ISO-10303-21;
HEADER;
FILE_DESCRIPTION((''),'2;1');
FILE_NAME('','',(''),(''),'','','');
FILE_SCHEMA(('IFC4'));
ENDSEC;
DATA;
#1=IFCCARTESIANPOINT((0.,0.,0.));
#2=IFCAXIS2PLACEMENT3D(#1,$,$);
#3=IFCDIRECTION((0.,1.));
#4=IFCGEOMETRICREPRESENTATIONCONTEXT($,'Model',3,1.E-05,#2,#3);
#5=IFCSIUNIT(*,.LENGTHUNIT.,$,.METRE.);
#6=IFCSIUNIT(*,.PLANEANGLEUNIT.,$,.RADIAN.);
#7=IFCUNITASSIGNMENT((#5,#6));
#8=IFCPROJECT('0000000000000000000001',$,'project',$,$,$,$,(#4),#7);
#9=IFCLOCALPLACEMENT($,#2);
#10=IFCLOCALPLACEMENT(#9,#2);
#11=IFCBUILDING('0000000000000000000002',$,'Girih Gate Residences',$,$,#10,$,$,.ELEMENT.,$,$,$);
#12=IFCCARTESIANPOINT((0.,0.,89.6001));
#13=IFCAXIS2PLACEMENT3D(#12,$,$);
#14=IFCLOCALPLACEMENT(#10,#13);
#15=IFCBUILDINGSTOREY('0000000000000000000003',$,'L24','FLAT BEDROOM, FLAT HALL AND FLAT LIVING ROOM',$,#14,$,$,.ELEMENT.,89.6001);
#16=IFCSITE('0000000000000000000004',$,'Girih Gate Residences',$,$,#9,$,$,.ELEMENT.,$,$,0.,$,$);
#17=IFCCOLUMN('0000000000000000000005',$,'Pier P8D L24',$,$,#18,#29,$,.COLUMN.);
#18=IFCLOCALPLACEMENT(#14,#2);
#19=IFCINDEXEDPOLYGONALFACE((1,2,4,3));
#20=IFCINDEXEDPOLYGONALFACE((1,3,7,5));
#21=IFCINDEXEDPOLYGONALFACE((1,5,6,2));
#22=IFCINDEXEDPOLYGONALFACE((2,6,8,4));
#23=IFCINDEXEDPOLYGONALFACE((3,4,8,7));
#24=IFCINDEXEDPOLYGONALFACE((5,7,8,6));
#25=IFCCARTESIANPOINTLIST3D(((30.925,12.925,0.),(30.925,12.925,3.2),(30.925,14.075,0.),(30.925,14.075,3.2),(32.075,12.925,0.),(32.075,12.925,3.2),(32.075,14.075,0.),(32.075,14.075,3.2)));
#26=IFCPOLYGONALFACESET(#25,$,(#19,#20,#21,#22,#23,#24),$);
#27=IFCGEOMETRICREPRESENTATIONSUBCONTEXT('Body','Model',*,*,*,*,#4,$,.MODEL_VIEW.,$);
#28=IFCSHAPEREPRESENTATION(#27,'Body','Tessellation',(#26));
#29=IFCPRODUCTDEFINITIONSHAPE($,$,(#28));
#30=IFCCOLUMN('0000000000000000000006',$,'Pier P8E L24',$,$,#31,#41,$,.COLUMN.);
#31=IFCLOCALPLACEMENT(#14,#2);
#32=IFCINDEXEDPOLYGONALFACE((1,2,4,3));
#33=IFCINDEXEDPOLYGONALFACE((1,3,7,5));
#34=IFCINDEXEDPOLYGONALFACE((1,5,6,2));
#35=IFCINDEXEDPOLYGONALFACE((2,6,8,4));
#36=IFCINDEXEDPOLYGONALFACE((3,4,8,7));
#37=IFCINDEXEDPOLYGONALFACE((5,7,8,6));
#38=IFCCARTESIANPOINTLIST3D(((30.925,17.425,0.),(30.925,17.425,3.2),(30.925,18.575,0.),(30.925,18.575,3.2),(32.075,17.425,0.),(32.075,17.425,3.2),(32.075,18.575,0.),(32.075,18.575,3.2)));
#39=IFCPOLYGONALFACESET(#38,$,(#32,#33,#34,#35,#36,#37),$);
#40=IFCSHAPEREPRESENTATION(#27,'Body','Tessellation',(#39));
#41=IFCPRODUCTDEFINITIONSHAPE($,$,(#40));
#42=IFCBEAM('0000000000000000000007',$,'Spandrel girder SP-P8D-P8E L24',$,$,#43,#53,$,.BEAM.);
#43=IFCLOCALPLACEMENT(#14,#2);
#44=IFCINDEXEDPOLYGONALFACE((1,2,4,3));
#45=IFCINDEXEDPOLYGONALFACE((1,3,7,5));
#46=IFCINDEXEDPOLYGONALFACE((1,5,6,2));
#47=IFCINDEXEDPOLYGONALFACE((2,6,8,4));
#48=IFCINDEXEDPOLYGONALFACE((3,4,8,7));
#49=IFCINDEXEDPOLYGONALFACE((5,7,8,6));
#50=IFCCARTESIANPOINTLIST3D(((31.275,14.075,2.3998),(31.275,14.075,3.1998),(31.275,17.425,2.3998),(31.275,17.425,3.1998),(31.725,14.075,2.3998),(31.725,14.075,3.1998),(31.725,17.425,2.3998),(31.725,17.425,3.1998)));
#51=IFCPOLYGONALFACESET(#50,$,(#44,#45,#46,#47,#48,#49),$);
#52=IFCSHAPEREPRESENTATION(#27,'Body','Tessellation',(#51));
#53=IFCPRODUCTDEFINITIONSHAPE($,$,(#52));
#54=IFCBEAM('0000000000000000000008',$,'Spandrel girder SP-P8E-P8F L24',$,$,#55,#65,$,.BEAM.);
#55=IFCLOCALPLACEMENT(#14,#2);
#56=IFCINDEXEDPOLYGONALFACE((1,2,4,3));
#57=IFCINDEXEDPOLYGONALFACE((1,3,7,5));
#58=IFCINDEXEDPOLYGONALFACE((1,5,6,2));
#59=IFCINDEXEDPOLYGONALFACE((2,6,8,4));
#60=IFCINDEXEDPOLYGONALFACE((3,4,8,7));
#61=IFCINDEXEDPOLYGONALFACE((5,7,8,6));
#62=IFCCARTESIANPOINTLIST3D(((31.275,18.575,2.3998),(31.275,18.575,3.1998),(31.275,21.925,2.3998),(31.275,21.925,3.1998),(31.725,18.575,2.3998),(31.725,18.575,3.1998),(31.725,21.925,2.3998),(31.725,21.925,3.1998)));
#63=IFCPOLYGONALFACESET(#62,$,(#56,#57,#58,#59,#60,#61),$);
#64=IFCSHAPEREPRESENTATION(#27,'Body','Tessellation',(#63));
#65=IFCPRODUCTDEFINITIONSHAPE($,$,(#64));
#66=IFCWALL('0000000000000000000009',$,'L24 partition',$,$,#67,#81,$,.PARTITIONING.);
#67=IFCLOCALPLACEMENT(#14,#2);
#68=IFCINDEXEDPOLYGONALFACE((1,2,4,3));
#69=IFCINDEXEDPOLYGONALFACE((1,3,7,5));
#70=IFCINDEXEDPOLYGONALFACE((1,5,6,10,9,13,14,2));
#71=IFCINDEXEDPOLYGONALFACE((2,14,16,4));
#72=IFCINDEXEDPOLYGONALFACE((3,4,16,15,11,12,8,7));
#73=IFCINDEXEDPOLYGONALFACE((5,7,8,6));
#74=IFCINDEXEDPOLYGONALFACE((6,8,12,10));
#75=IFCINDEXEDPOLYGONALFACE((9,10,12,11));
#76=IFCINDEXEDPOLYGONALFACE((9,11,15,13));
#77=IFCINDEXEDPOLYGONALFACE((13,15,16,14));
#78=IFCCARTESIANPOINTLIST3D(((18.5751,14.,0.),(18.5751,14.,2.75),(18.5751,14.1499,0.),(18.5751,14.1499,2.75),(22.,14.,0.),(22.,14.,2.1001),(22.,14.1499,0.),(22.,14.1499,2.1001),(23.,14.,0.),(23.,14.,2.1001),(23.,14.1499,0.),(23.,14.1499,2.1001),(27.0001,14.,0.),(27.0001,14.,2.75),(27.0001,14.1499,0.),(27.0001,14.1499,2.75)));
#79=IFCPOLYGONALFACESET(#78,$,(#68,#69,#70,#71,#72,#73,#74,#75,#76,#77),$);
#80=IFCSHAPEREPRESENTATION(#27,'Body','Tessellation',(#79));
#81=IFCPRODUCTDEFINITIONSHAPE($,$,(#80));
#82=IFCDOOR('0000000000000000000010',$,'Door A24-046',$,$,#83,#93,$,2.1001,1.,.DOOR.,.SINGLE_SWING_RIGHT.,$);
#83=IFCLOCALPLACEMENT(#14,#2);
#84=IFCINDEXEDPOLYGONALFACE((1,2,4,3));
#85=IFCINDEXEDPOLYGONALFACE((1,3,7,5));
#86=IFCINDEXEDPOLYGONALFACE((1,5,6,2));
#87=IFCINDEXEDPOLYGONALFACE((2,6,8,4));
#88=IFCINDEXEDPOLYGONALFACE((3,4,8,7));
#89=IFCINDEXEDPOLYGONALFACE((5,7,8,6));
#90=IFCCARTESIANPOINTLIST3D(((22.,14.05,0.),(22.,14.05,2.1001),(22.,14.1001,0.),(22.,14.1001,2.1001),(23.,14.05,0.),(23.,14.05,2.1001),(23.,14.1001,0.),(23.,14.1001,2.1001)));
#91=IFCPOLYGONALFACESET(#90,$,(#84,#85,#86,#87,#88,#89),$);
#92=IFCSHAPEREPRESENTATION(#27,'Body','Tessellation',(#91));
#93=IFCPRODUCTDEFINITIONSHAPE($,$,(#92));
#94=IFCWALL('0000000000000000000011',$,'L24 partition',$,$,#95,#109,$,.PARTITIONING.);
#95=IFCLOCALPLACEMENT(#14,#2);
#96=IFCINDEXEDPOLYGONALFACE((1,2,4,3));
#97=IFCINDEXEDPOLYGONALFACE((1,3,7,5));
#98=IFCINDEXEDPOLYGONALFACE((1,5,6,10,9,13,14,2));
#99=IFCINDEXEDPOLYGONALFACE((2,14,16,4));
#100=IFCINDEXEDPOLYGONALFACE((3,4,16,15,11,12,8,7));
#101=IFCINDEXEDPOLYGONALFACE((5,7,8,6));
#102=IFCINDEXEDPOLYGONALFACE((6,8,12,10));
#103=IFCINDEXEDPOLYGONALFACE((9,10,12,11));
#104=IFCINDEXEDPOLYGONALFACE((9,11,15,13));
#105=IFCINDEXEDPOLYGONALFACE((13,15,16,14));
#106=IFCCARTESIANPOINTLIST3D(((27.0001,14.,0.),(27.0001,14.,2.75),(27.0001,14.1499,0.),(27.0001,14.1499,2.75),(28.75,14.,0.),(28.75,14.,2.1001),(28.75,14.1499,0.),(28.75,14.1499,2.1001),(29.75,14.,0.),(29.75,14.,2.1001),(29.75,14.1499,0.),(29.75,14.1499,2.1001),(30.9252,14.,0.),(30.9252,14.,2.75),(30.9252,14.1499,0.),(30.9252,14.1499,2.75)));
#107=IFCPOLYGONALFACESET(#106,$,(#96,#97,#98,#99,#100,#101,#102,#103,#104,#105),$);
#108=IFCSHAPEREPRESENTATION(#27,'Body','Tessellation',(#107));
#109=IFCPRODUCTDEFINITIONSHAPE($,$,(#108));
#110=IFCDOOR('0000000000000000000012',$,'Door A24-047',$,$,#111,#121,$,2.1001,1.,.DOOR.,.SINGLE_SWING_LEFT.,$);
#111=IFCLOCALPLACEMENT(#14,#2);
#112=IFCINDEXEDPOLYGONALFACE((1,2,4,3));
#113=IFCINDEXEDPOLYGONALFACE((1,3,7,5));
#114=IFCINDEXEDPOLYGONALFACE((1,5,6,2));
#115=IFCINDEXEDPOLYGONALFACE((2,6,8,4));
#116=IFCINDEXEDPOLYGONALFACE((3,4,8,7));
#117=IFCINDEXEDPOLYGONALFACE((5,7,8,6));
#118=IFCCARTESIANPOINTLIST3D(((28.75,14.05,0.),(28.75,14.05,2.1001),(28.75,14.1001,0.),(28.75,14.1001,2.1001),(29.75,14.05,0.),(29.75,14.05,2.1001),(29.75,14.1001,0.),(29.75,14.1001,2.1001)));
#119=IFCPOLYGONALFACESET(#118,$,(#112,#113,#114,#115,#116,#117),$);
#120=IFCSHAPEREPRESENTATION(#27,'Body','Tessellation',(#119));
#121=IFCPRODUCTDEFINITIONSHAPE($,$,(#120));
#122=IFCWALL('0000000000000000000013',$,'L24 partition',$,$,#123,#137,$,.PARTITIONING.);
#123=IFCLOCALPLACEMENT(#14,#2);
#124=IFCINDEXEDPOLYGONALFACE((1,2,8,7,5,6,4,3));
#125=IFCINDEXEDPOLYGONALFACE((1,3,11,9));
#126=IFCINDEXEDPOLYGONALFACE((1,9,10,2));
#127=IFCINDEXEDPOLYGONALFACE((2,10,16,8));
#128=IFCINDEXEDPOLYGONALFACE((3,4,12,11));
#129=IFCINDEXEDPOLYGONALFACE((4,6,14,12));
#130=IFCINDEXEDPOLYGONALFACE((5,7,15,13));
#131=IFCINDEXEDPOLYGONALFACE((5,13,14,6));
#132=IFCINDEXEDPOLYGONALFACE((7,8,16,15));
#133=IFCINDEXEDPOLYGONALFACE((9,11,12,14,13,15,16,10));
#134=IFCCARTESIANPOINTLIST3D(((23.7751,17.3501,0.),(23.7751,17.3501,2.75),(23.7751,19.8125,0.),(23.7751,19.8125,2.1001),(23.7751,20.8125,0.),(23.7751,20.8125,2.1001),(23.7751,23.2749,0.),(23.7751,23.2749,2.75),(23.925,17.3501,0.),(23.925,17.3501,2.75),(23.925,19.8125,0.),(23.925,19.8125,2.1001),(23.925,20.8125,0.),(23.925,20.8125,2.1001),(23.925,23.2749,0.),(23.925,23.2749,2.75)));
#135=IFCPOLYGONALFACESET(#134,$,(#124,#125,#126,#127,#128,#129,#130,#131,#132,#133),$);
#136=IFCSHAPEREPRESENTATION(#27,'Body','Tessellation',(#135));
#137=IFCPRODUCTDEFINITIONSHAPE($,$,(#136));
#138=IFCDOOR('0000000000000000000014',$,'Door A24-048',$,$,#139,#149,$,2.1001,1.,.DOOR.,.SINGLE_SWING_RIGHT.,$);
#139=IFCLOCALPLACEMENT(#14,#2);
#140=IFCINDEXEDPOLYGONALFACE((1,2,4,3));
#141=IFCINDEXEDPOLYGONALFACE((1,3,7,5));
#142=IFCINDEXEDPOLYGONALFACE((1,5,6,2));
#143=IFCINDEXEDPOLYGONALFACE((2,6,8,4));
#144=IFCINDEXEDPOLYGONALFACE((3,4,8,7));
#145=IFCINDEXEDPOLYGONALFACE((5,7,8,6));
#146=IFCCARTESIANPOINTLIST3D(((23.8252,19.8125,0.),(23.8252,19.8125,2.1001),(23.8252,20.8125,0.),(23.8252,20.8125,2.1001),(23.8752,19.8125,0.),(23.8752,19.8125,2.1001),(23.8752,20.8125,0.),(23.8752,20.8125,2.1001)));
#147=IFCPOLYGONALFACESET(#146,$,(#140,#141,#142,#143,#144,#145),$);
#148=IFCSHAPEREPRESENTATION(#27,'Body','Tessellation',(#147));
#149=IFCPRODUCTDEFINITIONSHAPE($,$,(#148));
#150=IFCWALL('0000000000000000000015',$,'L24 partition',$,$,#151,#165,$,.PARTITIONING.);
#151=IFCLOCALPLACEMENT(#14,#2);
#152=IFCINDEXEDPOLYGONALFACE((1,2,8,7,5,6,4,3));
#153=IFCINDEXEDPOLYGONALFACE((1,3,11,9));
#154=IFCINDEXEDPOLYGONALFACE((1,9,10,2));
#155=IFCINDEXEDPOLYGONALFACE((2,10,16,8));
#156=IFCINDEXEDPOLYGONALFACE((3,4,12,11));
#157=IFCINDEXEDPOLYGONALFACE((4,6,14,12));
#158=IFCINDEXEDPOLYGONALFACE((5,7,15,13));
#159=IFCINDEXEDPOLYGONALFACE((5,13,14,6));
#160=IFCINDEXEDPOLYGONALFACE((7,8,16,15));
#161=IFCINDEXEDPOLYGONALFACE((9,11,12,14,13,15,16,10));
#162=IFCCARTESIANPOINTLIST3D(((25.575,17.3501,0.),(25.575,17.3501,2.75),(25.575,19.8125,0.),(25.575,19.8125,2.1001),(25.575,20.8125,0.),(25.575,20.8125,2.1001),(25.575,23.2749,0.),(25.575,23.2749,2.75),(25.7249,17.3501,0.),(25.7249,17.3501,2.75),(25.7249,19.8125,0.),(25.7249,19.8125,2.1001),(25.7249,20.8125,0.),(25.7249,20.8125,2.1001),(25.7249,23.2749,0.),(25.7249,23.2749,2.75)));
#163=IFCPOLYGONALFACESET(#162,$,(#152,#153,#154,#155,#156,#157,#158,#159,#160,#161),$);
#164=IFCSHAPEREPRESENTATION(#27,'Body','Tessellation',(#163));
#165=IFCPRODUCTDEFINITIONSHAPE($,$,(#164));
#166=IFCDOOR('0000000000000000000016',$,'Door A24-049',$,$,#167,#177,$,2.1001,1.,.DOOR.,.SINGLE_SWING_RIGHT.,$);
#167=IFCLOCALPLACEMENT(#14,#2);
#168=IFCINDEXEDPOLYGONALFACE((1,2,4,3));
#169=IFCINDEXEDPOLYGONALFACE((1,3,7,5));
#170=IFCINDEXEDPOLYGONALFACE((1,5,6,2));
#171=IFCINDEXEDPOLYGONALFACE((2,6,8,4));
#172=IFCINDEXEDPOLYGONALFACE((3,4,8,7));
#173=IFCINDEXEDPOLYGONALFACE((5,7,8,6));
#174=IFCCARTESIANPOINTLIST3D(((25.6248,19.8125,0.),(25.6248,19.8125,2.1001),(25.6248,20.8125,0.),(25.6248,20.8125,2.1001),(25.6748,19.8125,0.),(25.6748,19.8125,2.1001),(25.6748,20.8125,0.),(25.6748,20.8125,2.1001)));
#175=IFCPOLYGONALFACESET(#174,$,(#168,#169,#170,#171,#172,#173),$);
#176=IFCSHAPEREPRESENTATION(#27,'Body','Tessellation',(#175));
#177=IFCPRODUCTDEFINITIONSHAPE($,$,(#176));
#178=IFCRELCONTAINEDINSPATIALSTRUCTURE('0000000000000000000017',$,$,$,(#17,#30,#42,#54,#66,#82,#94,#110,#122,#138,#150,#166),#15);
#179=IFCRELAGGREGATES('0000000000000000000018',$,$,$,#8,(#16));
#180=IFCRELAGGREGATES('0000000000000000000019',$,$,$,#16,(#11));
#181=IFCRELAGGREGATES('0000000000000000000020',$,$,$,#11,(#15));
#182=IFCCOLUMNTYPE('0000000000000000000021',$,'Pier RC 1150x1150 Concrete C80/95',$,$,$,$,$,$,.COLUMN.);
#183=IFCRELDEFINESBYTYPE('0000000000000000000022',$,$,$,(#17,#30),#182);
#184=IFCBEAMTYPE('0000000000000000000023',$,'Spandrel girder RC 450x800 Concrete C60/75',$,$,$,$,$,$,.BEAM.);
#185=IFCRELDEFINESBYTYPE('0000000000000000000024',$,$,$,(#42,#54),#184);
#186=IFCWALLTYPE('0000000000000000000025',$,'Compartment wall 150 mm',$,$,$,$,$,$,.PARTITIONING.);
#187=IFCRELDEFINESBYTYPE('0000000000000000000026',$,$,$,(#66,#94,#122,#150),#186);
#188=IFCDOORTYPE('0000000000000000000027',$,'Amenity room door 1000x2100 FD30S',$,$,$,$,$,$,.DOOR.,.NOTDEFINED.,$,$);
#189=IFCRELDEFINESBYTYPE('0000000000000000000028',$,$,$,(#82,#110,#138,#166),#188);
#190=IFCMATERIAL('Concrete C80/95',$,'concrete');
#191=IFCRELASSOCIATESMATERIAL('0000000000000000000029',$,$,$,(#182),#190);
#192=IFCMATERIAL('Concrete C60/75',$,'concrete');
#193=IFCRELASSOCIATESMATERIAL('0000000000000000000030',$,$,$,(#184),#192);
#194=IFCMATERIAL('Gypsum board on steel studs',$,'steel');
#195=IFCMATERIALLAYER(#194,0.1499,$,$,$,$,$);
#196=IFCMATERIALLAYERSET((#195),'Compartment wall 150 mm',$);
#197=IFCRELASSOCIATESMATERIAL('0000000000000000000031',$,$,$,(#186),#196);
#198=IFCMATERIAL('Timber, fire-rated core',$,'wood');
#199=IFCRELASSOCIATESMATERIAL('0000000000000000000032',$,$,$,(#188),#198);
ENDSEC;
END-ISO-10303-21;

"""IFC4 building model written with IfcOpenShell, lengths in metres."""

from ifc_helpers import new_model, si_unit, direction, frame, frame_2d, origin, origin_2d, place, context, subcontext, project, spatial, rectangle, extrude, material, layer, layer_set, material_profile, profile_set, type_object, element, fill, save


model = new_model("IFC4")

# Units and contexts
model_context = context("Model", 3, precision=1e-05, world=origin(), true_north=direction((0.0, 1.0)))
body_context = subcontext(model_context, "Body", "Model", "MODEL_VIEW")
ifc_project = project(units=[si_unit("LENGTHUNIT", "METRE"), si_unit("PLANEANGLEUNIT", "RADIAN")], contexts=[model_context])

# Site, building, storey
site_placement = place(None, origin())
site = spatial("IfcSite", under=ifc_project, at=site_placement, Name="Girih Gate Residences", CompositionType="ELEMENT", RefElevation=0.0)
building_placement = place(site_placement, origin())
building = spatial("IfcBuilding", under=site, at=building_placement, Name="Girih Gate Residences", CompositionType="ELEMENT")
storey_placement = place(building_placement, frame((0.0, 0.0, 89.6001)))
storey = spatial("IfcBuildingStorey", under=building, at=storey_placement, Name="L24", Description="FLAT BEDROOM, FLAT HALL AND FLAT LIVING ROOM", CompositionType="ELEMENT", Elevation=89.6001)

# Columns
ifc_material_1 = material(Name="Concrete C80/95", Category="concrete")
ifc_material_profile_1 = material_profile(ifc_material_1, rectangle(XDim=1.1499, YDim=1.1499, at=origin_2d()))
ifc_profile_set_1 = profile_set([ifc_material_profile_1], Name="Concrete C80/95")
column_type = type_object("IfcColumnType", Name="Pier RC 1150x1150 Concrete C80/95", PredefinedType="COLUMN", material=ifc_profile_set_1)
for number, where, z_axis, x_axis, name in (
    (1, (31.5, 13.5, 0.0), (0.0, 0.0, 1.0), (1.0, 0.0, 0.0), "Pier P8D L24"),
    (2, (31.5, 18.0, 0.0), (0.0, 0.0, 1.0), (1.0, 0.0, 0.0), "Pier P8E L24"),
):
    element("IfcColumn", number, at=place(storey_placement, frame(where, z_axis=z_axis, x_axis=x_axis)), inside=storey, type_object=column_type, Name=name, PredefinedType="COLUMN", context=body_context, shape_type="SweptSolid", body=[
        extrude(rectangle(XDim=1.1499, YDim=1.1499, at=origin_2d()), origin(), (0.0, 0.0, 1.0), 3.2),
    ])

# Beams
ifc_material_2 = material(Name="Concrete C60/75", Category="concrete")
ifc_material_profile_2 = material_profile(ifc_material_2, rectangle(XDim=0.45, YDim=0.8, at=origin_2d()))
ifc_profile_set_2 = profile_set([ifc_material_profile_2], Name="Concrete C60/75")
beam_type = type_object("IfcBeamType", Name="Spandrel girder RC 450x800 Concrete C60/75", PredefinedType="BEAM", material=ifc_profile_set_2)
for number, where, z_axis, x_axis, name in (
    (3, (31.5, 14.075, 2.7998), (0.0, 1.0, 0.0), (-1.0, 0.0, 0.0), "Spandrel girder SP-P8D-P8E L24"),
    (4, (31.5, 18.575, 2.7998), (0.0, 1.0, 0.0), (-1.0, 0.0, 0.0), "Spandrel girder SP-P8E-P8F L24"),
):
    element("IfcBeam", number, at=place(storey_placement, frame(where, z_axis=z_axis, x_axis=x_axis)), inside=storey, type_object=beam_type, Name=name, PredefinedType="BEAM", context=body_context, shape_type="SweptSolid", body=[
        extrude(rectangle(XDim=0.45, YDim=0.8, at=origin_2d()), origin(), (0.0, 0.0, 1.0), 3.3501),
    ])

# Walls, openings, doors
ifc_material_3 = material(Name="Gypsum board on steel studs", Category="steel")
ifc_layer_1 = layer(ifc_material_3, 0.1499)
ifc_layer_set_1 = layer_set([ifc_layer_1], Name="Compartment wall 150 mm")
wall_type_1 = type_object("IfcWallType", Name="Compartment wall 150 mm", PredefinedType="PARTITIONING", material=ifc_layer_set_1)
wall_1_placement = place(storey_placement, frame((27.0, 14.075, 0.0), z_axis=(0.0, 0.0, 1.0), x_axis=(-1.0, 0.0, 0.0)))
wall_1 = element("IfcWall", 5, at=wall_1_placement, inside=storey, type_object=wall_type_1, Name="L24 partition", PredefinedType="PARTITIONING", context=body_context, shape_type="SweptSolid", body=[
    extrude(rectangle(XDim=8.425, YDim=0.1499, at=frame_2d((4.2124, 0.0))), origin(), (0.0, 0.0, 1.0), 2.75),
])
opening_1_placement = place(wall_1_placement, frame((4.0, 0.0, 0.0)))
opening_1 = element("IfcOpeningElement", 6, at=opening_1_placement, cuts=wall_1, PredefinedType="OPENING", context=body_context, shape_type="SweptSolid", body=[
    extrude(rectangle(XDim=1.0, YDim=2.1001, at=frame_2d((0.5, 1.05))), frame((0.0, 0.085, 0.0), z_axis=(0.0, -1.0, 0.0), x_axis=(1.0, 0.0, 0.0)), (0.0, 0.0, 1.0), 0.1699),
])
ifc_material_4 = material(Name="Timber, fire-rated core", Category="wood")
door_type = type_object("IfcDoorType", Name="Amenity room door 1000x2100 FD30S", OperationType="NOTDEFINED", PredefinedType="DOOR", material=ifc_material_4)
door_1_placement = place(opening_1_placement, origin())
door_1 = element("IfcDoor", 7, at=door_1_placement, inside=storey, type_object=door_type, Name="Door A24-046", OperationType="SINGLE_SWING_RIGHT", OverallHeight=2.1001, OverallWidth=1.0, PredefinedType="DOOR", context=body_context, shape_type="SweptSolid", body=[
    extrude(rectangle(XDim=1.0, YDim=2.1001, at=frame_2d((0.5, 1.05))), frame((0.0, 0.0249, 0.0), z_axis=(0.0, -1.0, 0.0), x_axis=(1.0, 0.0, 0.0)), (0.0, 0.0, 1.0), 0.05),
])
fill(opening_1, door_1)
wall_2_placement = place(storey_placement, frame((30.925, 14.075, 0.0), z_axis=(0.0, 0.0, 1.0), x_axis=(-1.0, 0.0, 0.0)))
wall_2 = element("IfcWall", 8, at=wall_2_placement, inside=storey, type_object=wall_type_1, Name="L24 partition", PredefinedType="PARTITIONING", context=body_context, shape_type="SweptSolid", body=[
    extrude(rectangle(XDim=3.925, YDim=0.1499, at=frame_2d((1.9624, 0.0))), origin(), (0.0, 0.0, 1.0), 2.75),
])
opening_2_placement = place(wall_2_placement, frame((1.175, 0.0, 0.0)))
opening_2 = element("IfcOpeningElement", 9, at=opening_2_placement, cuts=wall_2, PredefinedType="OPENING", context=body_context, shape_type="SweptSolid", body=[
    extrude(rectangle(XDim=1.0, YDim=2.1001, at=frame_2d((0.5, 1.05))), frame((0.0, 0.085, 0.0), z_axis=(0.0, -1.0, 0.0), x_axis=(1.0, 0.0, 0.0)), (0.0, 0.0, 1.0), 0.1699),
])
door_2_placement = place(opening_2_placement, origin())
door_2 = element("IfcDoor", 10, at=door_2_placement, inside=storey, type_object=door_type, Name="Door A24-047", OperationType="SINGLE_SWING_LEFT", OverallHeight=2.1001, OverallWidth=1.0, PredefinedType="DOOR", context=body_context, shape_type="SweptSolid", body=[
    extrude(rectangle(XDim=1.0, YDim=2.1001, at=frame_2d((0.5, 1.05))), frame((0.0, 0.0249, 0.0), z_axis=(0.0, -1.0, 0.0), x_axis=(1.0, 0.0, 0.0)), (0.0, 0.0, 1.0), 0.05),
])
fill(opening_2, door_2)
wall_3_placement = place(storey_placement, frame((23.8501, 17.3501, 0.0), z_axis=(0.0, 0.0, 1.0), x_axis=(0.0, 1.0, 0.0)))
wall_3 = element("IfcWall", 11, at=wall_3_placement, inside=storey, type_object=wall_type_1, Name="L24 partition", PredefinedType="PARTITIONING", context=body_context, shape_type="SweptSolid", body=[
    extrude(rectangle(XDim=5.9248, YDim=0.1499, at=frame_2d((2.9624, 0.0))), origin(), (0.0, 0.0, 1.0), 2.75),
])
opening_3_placement = place(wall_3_placement, frame((2.4624, 0.0, 0.0)))
opening_3 = element("IfcOpeningElement", 12, at=opening_3_placement, cuts=wall_3, PredefinedType="OPENING", context=body_context, shape_type="SweptSolid", body=[
    extrude(rectangle(XDim=1.0, YDim=2.1001, at=frame_2d((0.5, 1.05))), frame((0.0, 0.085, 0.0), z_axis=(0.0, -1.0, 0.0), x_axis=(1.0, 0.0, 0.0)), (0.0, 0.0, 1.0), 0.1699),
])
door_3_placement = place(opening_3_placement, origin())
door_3 = element("IfcDoor", 13, at=door_3_placement, inside=storey, type_object=door_type, Name="Door A24-048", OperationType="SINGLE_SWING_RIGHT", OverallHeight=2.1001, OverallWidth=1.0, PredefinedType="DOOR", context=body_context, shape_type="SweptSolid", body=[
    extrude(rectangle(XDim=1.0, YDim=2.1001, at=frame_2d((0.5, 1.05))), frame((0.0, 0.0249, 0.0), z_axis=(0.0, -1.0, 0.0), x_axis=(1.0, 0.0, 0.0)), (0.0, 0.0, 1.0), 0.05),
])
fill(opening_3, door_3)
wall_4_placement = place(storey_placement, frame((25.6499, 23.2749, 0.0), z_axis=(0.0, 0.0, 1.0), x_axis=(0.0, -1.0, 0.0)))
wall_4 = element("IfcWall", 14, at=wall_4_placement, inside=storey, type_object=wall_type_1, Name="L24 partition", PredefinedType="PARTITIONING", context=body_context, shape_type="SweptSolid", body=[
    extrude(rectangle(XDim=5.9248, YDim=0.1499, at=frame_2d((2.9624, 0.0))), origin(), (0.0, 0.0, 1.0), 2.75),
])
opening_4_placement = place(wall_4_placement, frame((2.4624, 0.0, 0.0)))
opening_4 = element("IfcOpeningElement", 15, at=opening_4_placement, cuts=wall_4, PredefinedType="OPENING", context=body_context, shape_type="SweptSolid", body=[
    extrude(rectangle(XDim=1.0, YDim=2.1001, at=frame_2d((0.5, 1.05))), frame((0.0, 0.085, 0.0), z_axis=(0.0, -1.0, 0.0), x_axis=(1.0, 0.0, 0.0)), (0.0, 0.0, 1.0), 0.1699),
])
door_4_placement = place(opening_4_placement, origin())
door_4 = element("IfcDoor", 16, at=door_4_placement, inside=storey, type_object=door_type, Name="Door A24-049", OperationType="SINGLE_SWING_RIGHT", OverallHeight=2.1001, OverallWidth=1.0, PredefinedType="DOOR", context=body_context, shape_type="SweptSolid", body=[
    extrude(rectangle(XDim=1.0, YDim=2.1001, at=frame_2d((0.5, 1.05))), frame((0.0, 0.0249, 0.0), z_axis=(0.0, -1.0, 0.0), x_axis=(1.0, 0.0, 0.0)), (0.0, 0.0, 1.0), 0.05),
])
fill(opening_4, door_4)

save(model, "model.ifc")
